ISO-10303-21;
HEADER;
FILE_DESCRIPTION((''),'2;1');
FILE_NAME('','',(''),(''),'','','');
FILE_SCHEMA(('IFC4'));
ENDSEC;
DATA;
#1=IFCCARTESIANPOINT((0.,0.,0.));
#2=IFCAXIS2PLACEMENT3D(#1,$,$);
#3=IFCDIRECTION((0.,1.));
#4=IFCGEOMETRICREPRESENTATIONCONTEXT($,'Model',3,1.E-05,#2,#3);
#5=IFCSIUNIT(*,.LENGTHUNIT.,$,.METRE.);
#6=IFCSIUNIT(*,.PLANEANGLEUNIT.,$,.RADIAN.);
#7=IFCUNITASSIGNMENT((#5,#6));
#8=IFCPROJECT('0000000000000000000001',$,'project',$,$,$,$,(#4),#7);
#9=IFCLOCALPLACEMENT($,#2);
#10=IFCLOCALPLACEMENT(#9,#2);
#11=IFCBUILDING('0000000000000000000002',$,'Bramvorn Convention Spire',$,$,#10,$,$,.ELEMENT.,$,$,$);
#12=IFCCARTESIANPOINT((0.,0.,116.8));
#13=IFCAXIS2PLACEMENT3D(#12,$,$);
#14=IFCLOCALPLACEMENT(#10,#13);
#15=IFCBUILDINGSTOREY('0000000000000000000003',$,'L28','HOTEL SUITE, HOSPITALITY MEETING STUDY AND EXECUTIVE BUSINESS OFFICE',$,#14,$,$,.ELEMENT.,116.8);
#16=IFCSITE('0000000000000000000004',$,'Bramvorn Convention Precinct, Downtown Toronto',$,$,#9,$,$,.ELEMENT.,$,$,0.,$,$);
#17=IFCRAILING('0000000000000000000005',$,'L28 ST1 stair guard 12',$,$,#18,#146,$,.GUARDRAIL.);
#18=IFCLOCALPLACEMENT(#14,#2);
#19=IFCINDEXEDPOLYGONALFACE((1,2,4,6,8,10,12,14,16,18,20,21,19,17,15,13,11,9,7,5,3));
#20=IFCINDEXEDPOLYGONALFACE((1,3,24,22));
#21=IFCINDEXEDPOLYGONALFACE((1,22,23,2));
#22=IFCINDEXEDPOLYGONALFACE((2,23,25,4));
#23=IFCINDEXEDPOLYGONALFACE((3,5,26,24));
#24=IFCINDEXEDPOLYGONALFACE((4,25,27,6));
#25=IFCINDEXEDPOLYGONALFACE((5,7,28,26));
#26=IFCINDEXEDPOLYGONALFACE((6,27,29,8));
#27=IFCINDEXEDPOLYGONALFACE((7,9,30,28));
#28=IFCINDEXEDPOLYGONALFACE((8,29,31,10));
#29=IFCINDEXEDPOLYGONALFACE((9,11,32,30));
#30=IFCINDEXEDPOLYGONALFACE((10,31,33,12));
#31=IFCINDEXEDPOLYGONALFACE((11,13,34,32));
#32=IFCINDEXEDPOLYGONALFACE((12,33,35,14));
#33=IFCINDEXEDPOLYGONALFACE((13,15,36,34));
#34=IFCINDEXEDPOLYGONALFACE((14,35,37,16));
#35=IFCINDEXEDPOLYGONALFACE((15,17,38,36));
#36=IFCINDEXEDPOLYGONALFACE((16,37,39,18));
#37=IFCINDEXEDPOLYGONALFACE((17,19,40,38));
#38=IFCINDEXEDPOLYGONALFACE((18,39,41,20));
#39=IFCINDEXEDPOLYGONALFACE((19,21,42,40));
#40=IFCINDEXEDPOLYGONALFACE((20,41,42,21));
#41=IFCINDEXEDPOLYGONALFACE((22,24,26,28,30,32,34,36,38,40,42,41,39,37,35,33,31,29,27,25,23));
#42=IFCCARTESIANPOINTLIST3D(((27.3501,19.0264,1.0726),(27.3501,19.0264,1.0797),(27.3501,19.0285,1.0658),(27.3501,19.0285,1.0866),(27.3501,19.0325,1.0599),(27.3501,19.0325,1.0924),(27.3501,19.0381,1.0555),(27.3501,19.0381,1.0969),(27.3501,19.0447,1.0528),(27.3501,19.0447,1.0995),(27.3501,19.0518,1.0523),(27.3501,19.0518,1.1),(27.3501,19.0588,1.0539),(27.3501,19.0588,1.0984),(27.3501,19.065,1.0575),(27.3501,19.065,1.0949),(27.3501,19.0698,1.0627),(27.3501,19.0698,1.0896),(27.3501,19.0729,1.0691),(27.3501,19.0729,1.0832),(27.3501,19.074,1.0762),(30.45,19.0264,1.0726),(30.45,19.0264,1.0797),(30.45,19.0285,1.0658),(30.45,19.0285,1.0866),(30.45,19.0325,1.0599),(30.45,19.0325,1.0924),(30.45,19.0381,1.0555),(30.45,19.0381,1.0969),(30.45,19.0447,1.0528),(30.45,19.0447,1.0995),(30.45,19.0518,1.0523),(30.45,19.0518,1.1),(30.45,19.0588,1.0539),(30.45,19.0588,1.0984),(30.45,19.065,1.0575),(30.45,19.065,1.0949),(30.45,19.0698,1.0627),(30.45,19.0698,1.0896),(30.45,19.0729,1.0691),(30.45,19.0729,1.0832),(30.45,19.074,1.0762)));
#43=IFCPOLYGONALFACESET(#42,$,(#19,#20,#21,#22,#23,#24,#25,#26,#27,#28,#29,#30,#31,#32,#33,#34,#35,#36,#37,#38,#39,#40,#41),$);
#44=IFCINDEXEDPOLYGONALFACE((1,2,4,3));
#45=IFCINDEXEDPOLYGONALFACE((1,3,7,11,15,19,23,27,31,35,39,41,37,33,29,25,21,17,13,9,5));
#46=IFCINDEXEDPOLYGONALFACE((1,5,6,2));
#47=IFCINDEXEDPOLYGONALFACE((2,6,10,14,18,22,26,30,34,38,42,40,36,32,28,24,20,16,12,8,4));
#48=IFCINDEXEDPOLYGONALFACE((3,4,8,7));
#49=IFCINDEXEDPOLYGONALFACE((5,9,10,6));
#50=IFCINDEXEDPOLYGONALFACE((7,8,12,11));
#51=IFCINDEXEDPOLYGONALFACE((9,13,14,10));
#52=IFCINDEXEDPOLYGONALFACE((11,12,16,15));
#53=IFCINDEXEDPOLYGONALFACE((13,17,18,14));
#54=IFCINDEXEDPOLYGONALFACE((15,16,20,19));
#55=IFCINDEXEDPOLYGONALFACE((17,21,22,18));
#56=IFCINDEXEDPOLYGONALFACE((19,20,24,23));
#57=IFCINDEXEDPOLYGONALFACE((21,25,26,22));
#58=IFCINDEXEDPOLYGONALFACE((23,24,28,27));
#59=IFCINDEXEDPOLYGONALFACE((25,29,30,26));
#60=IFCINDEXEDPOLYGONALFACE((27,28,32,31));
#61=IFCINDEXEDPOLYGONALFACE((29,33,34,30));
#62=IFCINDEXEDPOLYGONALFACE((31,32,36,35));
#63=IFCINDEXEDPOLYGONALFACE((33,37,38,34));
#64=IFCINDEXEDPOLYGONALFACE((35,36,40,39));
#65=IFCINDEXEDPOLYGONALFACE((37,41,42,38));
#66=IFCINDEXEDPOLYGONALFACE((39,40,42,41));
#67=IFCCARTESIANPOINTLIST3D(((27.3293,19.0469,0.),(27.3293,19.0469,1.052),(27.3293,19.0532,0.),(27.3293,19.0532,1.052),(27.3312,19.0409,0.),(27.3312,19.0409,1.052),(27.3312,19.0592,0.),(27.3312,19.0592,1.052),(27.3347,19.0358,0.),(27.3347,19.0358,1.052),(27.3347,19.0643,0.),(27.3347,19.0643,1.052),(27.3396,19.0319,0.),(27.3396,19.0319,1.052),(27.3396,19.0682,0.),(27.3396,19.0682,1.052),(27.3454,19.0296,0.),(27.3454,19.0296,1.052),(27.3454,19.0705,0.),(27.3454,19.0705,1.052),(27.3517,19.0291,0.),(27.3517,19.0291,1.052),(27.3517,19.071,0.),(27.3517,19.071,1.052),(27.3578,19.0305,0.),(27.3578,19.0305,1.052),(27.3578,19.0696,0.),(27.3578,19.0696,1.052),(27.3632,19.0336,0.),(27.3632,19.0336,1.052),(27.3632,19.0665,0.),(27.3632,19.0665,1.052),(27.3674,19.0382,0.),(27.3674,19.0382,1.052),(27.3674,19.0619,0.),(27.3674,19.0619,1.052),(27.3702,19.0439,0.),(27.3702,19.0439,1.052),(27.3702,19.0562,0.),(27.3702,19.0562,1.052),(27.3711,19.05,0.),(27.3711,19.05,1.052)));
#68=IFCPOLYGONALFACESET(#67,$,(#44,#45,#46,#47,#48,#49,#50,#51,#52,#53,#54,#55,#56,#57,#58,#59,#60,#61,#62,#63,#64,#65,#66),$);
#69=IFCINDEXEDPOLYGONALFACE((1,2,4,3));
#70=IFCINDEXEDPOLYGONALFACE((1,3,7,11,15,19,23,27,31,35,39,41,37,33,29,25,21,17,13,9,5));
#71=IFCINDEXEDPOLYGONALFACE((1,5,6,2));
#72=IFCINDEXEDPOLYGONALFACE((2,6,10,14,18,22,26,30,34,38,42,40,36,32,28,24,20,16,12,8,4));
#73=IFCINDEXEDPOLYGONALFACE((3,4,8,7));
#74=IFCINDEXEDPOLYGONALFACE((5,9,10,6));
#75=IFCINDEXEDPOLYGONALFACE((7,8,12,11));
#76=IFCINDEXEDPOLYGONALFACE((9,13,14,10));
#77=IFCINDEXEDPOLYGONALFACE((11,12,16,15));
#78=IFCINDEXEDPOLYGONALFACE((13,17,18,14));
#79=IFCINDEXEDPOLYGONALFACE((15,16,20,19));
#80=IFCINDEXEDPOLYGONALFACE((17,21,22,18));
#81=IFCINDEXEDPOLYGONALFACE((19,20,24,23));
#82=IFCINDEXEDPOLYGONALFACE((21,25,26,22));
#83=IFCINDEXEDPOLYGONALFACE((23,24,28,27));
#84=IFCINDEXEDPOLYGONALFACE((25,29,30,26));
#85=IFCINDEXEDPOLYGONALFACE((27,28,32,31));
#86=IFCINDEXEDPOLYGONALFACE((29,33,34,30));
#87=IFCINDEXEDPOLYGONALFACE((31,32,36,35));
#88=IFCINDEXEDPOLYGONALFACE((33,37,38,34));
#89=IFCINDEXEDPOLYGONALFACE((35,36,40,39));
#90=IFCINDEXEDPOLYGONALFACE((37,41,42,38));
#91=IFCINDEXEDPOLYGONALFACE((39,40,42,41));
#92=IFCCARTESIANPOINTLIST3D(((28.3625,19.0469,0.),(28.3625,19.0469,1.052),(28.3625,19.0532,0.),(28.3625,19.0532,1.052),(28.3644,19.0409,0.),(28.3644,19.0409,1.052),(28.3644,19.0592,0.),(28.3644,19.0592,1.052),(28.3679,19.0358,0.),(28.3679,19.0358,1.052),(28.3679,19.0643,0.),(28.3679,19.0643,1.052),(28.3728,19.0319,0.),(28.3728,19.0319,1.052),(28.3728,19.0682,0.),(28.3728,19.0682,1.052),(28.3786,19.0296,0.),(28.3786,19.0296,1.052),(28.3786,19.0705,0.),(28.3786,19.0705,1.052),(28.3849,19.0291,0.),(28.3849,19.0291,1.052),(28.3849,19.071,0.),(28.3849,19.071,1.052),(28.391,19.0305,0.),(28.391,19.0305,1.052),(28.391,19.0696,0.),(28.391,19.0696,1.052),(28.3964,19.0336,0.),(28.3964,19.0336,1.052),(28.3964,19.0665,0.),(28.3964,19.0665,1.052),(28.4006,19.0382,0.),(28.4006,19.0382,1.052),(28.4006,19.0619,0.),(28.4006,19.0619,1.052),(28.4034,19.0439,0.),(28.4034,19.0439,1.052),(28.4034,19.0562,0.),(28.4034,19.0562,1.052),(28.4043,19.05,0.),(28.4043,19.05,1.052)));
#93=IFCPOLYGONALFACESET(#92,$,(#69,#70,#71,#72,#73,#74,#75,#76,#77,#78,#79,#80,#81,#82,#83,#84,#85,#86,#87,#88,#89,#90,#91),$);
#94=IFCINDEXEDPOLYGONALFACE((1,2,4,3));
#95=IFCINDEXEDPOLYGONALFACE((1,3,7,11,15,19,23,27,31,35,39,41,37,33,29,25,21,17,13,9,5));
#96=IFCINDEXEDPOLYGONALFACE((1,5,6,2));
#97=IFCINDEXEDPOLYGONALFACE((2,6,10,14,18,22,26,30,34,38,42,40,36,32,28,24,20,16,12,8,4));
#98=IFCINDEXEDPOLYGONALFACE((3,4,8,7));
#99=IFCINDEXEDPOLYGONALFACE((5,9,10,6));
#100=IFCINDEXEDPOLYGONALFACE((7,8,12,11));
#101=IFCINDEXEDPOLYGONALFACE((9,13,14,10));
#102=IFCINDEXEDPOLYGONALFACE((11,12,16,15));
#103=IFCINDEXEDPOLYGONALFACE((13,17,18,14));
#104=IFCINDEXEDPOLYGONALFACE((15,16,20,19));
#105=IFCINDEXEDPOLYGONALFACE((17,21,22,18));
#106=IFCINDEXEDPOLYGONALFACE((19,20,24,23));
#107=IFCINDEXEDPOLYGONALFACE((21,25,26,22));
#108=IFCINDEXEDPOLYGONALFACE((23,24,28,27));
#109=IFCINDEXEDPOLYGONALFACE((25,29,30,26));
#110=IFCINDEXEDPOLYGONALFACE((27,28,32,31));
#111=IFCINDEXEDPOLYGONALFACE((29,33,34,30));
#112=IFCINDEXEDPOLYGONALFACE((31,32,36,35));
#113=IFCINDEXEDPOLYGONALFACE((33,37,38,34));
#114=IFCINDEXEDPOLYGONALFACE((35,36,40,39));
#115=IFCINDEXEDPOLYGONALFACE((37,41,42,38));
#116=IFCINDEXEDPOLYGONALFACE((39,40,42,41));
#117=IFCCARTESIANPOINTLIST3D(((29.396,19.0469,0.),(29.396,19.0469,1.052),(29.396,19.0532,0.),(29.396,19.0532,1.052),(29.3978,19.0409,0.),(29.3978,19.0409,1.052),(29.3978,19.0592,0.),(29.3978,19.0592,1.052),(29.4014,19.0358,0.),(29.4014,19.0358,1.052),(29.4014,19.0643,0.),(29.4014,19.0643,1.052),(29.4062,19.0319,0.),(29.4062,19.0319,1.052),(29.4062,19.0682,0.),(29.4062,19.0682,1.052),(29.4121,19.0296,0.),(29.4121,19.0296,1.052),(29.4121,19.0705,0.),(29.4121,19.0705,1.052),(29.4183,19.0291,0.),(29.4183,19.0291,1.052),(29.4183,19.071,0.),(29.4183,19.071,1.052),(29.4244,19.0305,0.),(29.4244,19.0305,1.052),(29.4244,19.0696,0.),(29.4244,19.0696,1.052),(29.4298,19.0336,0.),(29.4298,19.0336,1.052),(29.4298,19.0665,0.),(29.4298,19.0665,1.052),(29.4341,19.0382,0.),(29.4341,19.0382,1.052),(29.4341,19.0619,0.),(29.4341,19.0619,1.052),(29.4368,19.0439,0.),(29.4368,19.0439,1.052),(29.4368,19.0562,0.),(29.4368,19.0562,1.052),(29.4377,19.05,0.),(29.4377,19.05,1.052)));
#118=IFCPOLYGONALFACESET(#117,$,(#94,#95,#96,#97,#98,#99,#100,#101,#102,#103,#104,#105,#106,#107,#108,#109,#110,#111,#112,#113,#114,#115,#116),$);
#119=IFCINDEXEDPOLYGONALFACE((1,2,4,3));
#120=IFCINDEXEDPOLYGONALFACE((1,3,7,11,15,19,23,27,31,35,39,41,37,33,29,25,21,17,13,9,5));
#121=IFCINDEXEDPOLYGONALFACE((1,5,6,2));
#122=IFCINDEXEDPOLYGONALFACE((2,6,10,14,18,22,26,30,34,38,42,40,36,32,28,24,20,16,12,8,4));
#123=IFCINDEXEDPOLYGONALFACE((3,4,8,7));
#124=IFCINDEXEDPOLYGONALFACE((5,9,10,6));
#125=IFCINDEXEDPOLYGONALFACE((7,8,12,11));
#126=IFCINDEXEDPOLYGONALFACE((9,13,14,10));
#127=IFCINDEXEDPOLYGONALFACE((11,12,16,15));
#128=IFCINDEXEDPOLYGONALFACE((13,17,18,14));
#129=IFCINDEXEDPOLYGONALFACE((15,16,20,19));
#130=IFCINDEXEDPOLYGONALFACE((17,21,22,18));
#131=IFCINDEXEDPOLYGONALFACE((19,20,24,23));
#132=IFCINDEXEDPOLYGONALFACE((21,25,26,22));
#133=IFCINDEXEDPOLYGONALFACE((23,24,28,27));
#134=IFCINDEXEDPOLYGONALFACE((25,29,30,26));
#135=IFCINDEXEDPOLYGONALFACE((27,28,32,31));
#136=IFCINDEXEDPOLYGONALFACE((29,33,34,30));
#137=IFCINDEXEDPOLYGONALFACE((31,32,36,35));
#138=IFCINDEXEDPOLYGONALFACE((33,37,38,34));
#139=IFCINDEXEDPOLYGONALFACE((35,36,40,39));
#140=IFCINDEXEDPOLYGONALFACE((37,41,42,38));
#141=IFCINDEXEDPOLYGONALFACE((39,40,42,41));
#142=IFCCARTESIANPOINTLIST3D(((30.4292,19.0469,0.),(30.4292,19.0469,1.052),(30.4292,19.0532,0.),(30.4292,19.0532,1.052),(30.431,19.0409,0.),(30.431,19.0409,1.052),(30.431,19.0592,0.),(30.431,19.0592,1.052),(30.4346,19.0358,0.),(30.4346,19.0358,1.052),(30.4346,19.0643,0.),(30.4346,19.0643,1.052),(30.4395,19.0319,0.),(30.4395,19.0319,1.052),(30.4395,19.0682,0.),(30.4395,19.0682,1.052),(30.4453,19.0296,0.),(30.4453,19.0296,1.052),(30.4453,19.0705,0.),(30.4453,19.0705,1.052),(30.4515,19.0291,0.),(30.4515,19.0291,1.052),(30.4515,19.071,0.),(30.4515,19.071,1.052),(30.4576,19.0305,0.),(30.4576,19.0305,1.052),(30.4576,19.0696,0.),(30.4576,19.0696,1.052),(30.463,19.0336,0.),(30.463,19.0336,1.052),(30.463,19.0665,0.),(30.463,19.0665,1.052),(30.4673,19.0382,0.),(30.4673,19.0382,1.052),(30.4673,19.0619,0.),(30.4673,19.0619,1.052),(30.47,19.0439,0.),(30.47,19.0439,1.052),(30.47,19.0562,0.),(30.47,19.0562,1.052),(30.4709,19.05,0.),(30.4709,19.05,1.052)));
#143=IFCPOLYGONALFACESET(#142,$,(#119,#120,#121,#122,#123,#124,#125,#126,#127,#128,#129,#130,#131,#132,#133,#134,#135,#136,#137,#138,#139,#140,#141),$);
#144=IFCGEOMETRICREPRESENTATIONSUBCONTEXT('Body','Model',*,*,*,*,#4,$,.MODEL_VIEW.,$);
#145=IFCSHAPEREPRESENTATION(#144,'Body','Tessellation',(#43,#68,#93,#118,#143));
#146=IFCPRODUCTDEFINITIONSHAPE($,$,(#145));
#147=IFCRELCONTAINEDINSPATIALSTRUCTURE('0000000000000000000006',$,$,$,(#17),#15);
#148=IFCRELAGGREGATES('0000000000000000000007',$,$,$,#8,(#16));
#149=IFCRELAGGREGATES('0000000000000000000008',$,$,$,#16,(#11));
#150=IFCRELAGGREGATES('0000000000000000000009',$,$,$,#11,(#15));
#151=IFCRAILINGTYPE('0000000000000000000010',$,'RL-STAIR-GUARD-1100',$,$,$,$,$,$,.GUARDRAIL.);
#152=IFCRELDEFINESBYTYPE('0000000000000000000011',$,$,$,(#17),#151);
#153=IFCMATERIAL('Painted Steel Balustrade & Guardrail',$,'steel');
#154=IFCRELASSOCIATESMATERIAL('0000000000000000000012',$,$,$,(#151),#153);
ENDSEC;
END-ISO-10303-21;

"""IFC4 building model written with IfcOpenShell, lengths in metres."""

from ifc_helpers import new_model, si_unit, direction, frame, origin, origin_2d, place, context, subcontext, project, spatial, circle, extrude, material, type_object, element, save


model = new_model("IFC4")

# Units and contexts
model_context = context("Model", 3, precision=1e-05, world=origin(), true_north=direction((0.0, 1.0)))
body_context = subcontext(model_context, "Body", "Model", "MODEL_VIEW")
ifc_project = project(units=[si_unit("LENGTHUNIT", "METRE"), si_unit("PLANEANGLEUNIT", "RADIAN")], contexts=[model_context])

# Site, building, storey
site_placement = place(None, origin())
site = spatial("IfcSite", under=ifc_project, at=site_placement, Name="Bramvorn Convention Precinct, Downtown Toronto", CompositionType="ELEMENT", RefElevation=0.0)
building_placement = place(site_placement, origin())
building = spatial("IfcBuilding", under=site, at=building_placement, Name="Bramvorn Convention Spire", CompositionType="ELEMENT")
storey_placement = place(building_placement, frame((0.0, 0.0, 116.8)))
storey = spatial("IfcBuildingStorey", under=building, at=storey_placement, Name="L28", Description="HOTEL SUITE, HOSPITALITY MEETING STUDY AND EXECUTIVE BUSINESS OFFICE", CompositionType="ELEMENT", Elevation=116.8)

# Railing
ifc_material_1 = material(Name="Painted Steel Balustrade & Guardrail", Category="steel")
railing_type = type_object("IfcRailingType", Name="RL-STAIR-GUARD-1100", PredefinedType="GUARDRAIL", material=ifc_material_1)
railing_1_placement = place(storey_placement, frame((27.3501, 19.05, 0.0)))
element("IfcRailing", 1, at=railing_1_placement, inside=storey, type_object=railing_type, Name="L28 ST1 stair guard 12", PredefinedType="GUARDRAIL", context=body_context, shape_type="SweptSolid", body=[
    extrude(circle(Radius=0.0239, at=origin_2d()), frame((0.0, 0.0, 1.0762), z_axis=(1.0, 0.0, 0.0), x_axis=(0.0, 1.0, 0.0)), (0.0, 0.0, 1.0), 3.0999),
    extrude(circle(Radius=0.021, at=origin_2d()), origin(), (0.0, 0.0, 1.0), 1.052),
    extrude(circle(Radius=0.021, at=origin_2d()), frame((1.0332, 0.0, 0.0)), (0.0, 0.0, 1.0), 1.052),
    extrude(circle(Radius=0.021, at=origin_2d()), frame((2.0667, 0.0, 0.0)), (0.0, 0.0, 1.0), 1.052),
    extrude(circle(Radius=0.021, at=origin_2d()), frame((3.0999, 0.0, 0.0)), (0.0, 0.0, 1.0), 1.052),
])

save(model, "model.ifc")
